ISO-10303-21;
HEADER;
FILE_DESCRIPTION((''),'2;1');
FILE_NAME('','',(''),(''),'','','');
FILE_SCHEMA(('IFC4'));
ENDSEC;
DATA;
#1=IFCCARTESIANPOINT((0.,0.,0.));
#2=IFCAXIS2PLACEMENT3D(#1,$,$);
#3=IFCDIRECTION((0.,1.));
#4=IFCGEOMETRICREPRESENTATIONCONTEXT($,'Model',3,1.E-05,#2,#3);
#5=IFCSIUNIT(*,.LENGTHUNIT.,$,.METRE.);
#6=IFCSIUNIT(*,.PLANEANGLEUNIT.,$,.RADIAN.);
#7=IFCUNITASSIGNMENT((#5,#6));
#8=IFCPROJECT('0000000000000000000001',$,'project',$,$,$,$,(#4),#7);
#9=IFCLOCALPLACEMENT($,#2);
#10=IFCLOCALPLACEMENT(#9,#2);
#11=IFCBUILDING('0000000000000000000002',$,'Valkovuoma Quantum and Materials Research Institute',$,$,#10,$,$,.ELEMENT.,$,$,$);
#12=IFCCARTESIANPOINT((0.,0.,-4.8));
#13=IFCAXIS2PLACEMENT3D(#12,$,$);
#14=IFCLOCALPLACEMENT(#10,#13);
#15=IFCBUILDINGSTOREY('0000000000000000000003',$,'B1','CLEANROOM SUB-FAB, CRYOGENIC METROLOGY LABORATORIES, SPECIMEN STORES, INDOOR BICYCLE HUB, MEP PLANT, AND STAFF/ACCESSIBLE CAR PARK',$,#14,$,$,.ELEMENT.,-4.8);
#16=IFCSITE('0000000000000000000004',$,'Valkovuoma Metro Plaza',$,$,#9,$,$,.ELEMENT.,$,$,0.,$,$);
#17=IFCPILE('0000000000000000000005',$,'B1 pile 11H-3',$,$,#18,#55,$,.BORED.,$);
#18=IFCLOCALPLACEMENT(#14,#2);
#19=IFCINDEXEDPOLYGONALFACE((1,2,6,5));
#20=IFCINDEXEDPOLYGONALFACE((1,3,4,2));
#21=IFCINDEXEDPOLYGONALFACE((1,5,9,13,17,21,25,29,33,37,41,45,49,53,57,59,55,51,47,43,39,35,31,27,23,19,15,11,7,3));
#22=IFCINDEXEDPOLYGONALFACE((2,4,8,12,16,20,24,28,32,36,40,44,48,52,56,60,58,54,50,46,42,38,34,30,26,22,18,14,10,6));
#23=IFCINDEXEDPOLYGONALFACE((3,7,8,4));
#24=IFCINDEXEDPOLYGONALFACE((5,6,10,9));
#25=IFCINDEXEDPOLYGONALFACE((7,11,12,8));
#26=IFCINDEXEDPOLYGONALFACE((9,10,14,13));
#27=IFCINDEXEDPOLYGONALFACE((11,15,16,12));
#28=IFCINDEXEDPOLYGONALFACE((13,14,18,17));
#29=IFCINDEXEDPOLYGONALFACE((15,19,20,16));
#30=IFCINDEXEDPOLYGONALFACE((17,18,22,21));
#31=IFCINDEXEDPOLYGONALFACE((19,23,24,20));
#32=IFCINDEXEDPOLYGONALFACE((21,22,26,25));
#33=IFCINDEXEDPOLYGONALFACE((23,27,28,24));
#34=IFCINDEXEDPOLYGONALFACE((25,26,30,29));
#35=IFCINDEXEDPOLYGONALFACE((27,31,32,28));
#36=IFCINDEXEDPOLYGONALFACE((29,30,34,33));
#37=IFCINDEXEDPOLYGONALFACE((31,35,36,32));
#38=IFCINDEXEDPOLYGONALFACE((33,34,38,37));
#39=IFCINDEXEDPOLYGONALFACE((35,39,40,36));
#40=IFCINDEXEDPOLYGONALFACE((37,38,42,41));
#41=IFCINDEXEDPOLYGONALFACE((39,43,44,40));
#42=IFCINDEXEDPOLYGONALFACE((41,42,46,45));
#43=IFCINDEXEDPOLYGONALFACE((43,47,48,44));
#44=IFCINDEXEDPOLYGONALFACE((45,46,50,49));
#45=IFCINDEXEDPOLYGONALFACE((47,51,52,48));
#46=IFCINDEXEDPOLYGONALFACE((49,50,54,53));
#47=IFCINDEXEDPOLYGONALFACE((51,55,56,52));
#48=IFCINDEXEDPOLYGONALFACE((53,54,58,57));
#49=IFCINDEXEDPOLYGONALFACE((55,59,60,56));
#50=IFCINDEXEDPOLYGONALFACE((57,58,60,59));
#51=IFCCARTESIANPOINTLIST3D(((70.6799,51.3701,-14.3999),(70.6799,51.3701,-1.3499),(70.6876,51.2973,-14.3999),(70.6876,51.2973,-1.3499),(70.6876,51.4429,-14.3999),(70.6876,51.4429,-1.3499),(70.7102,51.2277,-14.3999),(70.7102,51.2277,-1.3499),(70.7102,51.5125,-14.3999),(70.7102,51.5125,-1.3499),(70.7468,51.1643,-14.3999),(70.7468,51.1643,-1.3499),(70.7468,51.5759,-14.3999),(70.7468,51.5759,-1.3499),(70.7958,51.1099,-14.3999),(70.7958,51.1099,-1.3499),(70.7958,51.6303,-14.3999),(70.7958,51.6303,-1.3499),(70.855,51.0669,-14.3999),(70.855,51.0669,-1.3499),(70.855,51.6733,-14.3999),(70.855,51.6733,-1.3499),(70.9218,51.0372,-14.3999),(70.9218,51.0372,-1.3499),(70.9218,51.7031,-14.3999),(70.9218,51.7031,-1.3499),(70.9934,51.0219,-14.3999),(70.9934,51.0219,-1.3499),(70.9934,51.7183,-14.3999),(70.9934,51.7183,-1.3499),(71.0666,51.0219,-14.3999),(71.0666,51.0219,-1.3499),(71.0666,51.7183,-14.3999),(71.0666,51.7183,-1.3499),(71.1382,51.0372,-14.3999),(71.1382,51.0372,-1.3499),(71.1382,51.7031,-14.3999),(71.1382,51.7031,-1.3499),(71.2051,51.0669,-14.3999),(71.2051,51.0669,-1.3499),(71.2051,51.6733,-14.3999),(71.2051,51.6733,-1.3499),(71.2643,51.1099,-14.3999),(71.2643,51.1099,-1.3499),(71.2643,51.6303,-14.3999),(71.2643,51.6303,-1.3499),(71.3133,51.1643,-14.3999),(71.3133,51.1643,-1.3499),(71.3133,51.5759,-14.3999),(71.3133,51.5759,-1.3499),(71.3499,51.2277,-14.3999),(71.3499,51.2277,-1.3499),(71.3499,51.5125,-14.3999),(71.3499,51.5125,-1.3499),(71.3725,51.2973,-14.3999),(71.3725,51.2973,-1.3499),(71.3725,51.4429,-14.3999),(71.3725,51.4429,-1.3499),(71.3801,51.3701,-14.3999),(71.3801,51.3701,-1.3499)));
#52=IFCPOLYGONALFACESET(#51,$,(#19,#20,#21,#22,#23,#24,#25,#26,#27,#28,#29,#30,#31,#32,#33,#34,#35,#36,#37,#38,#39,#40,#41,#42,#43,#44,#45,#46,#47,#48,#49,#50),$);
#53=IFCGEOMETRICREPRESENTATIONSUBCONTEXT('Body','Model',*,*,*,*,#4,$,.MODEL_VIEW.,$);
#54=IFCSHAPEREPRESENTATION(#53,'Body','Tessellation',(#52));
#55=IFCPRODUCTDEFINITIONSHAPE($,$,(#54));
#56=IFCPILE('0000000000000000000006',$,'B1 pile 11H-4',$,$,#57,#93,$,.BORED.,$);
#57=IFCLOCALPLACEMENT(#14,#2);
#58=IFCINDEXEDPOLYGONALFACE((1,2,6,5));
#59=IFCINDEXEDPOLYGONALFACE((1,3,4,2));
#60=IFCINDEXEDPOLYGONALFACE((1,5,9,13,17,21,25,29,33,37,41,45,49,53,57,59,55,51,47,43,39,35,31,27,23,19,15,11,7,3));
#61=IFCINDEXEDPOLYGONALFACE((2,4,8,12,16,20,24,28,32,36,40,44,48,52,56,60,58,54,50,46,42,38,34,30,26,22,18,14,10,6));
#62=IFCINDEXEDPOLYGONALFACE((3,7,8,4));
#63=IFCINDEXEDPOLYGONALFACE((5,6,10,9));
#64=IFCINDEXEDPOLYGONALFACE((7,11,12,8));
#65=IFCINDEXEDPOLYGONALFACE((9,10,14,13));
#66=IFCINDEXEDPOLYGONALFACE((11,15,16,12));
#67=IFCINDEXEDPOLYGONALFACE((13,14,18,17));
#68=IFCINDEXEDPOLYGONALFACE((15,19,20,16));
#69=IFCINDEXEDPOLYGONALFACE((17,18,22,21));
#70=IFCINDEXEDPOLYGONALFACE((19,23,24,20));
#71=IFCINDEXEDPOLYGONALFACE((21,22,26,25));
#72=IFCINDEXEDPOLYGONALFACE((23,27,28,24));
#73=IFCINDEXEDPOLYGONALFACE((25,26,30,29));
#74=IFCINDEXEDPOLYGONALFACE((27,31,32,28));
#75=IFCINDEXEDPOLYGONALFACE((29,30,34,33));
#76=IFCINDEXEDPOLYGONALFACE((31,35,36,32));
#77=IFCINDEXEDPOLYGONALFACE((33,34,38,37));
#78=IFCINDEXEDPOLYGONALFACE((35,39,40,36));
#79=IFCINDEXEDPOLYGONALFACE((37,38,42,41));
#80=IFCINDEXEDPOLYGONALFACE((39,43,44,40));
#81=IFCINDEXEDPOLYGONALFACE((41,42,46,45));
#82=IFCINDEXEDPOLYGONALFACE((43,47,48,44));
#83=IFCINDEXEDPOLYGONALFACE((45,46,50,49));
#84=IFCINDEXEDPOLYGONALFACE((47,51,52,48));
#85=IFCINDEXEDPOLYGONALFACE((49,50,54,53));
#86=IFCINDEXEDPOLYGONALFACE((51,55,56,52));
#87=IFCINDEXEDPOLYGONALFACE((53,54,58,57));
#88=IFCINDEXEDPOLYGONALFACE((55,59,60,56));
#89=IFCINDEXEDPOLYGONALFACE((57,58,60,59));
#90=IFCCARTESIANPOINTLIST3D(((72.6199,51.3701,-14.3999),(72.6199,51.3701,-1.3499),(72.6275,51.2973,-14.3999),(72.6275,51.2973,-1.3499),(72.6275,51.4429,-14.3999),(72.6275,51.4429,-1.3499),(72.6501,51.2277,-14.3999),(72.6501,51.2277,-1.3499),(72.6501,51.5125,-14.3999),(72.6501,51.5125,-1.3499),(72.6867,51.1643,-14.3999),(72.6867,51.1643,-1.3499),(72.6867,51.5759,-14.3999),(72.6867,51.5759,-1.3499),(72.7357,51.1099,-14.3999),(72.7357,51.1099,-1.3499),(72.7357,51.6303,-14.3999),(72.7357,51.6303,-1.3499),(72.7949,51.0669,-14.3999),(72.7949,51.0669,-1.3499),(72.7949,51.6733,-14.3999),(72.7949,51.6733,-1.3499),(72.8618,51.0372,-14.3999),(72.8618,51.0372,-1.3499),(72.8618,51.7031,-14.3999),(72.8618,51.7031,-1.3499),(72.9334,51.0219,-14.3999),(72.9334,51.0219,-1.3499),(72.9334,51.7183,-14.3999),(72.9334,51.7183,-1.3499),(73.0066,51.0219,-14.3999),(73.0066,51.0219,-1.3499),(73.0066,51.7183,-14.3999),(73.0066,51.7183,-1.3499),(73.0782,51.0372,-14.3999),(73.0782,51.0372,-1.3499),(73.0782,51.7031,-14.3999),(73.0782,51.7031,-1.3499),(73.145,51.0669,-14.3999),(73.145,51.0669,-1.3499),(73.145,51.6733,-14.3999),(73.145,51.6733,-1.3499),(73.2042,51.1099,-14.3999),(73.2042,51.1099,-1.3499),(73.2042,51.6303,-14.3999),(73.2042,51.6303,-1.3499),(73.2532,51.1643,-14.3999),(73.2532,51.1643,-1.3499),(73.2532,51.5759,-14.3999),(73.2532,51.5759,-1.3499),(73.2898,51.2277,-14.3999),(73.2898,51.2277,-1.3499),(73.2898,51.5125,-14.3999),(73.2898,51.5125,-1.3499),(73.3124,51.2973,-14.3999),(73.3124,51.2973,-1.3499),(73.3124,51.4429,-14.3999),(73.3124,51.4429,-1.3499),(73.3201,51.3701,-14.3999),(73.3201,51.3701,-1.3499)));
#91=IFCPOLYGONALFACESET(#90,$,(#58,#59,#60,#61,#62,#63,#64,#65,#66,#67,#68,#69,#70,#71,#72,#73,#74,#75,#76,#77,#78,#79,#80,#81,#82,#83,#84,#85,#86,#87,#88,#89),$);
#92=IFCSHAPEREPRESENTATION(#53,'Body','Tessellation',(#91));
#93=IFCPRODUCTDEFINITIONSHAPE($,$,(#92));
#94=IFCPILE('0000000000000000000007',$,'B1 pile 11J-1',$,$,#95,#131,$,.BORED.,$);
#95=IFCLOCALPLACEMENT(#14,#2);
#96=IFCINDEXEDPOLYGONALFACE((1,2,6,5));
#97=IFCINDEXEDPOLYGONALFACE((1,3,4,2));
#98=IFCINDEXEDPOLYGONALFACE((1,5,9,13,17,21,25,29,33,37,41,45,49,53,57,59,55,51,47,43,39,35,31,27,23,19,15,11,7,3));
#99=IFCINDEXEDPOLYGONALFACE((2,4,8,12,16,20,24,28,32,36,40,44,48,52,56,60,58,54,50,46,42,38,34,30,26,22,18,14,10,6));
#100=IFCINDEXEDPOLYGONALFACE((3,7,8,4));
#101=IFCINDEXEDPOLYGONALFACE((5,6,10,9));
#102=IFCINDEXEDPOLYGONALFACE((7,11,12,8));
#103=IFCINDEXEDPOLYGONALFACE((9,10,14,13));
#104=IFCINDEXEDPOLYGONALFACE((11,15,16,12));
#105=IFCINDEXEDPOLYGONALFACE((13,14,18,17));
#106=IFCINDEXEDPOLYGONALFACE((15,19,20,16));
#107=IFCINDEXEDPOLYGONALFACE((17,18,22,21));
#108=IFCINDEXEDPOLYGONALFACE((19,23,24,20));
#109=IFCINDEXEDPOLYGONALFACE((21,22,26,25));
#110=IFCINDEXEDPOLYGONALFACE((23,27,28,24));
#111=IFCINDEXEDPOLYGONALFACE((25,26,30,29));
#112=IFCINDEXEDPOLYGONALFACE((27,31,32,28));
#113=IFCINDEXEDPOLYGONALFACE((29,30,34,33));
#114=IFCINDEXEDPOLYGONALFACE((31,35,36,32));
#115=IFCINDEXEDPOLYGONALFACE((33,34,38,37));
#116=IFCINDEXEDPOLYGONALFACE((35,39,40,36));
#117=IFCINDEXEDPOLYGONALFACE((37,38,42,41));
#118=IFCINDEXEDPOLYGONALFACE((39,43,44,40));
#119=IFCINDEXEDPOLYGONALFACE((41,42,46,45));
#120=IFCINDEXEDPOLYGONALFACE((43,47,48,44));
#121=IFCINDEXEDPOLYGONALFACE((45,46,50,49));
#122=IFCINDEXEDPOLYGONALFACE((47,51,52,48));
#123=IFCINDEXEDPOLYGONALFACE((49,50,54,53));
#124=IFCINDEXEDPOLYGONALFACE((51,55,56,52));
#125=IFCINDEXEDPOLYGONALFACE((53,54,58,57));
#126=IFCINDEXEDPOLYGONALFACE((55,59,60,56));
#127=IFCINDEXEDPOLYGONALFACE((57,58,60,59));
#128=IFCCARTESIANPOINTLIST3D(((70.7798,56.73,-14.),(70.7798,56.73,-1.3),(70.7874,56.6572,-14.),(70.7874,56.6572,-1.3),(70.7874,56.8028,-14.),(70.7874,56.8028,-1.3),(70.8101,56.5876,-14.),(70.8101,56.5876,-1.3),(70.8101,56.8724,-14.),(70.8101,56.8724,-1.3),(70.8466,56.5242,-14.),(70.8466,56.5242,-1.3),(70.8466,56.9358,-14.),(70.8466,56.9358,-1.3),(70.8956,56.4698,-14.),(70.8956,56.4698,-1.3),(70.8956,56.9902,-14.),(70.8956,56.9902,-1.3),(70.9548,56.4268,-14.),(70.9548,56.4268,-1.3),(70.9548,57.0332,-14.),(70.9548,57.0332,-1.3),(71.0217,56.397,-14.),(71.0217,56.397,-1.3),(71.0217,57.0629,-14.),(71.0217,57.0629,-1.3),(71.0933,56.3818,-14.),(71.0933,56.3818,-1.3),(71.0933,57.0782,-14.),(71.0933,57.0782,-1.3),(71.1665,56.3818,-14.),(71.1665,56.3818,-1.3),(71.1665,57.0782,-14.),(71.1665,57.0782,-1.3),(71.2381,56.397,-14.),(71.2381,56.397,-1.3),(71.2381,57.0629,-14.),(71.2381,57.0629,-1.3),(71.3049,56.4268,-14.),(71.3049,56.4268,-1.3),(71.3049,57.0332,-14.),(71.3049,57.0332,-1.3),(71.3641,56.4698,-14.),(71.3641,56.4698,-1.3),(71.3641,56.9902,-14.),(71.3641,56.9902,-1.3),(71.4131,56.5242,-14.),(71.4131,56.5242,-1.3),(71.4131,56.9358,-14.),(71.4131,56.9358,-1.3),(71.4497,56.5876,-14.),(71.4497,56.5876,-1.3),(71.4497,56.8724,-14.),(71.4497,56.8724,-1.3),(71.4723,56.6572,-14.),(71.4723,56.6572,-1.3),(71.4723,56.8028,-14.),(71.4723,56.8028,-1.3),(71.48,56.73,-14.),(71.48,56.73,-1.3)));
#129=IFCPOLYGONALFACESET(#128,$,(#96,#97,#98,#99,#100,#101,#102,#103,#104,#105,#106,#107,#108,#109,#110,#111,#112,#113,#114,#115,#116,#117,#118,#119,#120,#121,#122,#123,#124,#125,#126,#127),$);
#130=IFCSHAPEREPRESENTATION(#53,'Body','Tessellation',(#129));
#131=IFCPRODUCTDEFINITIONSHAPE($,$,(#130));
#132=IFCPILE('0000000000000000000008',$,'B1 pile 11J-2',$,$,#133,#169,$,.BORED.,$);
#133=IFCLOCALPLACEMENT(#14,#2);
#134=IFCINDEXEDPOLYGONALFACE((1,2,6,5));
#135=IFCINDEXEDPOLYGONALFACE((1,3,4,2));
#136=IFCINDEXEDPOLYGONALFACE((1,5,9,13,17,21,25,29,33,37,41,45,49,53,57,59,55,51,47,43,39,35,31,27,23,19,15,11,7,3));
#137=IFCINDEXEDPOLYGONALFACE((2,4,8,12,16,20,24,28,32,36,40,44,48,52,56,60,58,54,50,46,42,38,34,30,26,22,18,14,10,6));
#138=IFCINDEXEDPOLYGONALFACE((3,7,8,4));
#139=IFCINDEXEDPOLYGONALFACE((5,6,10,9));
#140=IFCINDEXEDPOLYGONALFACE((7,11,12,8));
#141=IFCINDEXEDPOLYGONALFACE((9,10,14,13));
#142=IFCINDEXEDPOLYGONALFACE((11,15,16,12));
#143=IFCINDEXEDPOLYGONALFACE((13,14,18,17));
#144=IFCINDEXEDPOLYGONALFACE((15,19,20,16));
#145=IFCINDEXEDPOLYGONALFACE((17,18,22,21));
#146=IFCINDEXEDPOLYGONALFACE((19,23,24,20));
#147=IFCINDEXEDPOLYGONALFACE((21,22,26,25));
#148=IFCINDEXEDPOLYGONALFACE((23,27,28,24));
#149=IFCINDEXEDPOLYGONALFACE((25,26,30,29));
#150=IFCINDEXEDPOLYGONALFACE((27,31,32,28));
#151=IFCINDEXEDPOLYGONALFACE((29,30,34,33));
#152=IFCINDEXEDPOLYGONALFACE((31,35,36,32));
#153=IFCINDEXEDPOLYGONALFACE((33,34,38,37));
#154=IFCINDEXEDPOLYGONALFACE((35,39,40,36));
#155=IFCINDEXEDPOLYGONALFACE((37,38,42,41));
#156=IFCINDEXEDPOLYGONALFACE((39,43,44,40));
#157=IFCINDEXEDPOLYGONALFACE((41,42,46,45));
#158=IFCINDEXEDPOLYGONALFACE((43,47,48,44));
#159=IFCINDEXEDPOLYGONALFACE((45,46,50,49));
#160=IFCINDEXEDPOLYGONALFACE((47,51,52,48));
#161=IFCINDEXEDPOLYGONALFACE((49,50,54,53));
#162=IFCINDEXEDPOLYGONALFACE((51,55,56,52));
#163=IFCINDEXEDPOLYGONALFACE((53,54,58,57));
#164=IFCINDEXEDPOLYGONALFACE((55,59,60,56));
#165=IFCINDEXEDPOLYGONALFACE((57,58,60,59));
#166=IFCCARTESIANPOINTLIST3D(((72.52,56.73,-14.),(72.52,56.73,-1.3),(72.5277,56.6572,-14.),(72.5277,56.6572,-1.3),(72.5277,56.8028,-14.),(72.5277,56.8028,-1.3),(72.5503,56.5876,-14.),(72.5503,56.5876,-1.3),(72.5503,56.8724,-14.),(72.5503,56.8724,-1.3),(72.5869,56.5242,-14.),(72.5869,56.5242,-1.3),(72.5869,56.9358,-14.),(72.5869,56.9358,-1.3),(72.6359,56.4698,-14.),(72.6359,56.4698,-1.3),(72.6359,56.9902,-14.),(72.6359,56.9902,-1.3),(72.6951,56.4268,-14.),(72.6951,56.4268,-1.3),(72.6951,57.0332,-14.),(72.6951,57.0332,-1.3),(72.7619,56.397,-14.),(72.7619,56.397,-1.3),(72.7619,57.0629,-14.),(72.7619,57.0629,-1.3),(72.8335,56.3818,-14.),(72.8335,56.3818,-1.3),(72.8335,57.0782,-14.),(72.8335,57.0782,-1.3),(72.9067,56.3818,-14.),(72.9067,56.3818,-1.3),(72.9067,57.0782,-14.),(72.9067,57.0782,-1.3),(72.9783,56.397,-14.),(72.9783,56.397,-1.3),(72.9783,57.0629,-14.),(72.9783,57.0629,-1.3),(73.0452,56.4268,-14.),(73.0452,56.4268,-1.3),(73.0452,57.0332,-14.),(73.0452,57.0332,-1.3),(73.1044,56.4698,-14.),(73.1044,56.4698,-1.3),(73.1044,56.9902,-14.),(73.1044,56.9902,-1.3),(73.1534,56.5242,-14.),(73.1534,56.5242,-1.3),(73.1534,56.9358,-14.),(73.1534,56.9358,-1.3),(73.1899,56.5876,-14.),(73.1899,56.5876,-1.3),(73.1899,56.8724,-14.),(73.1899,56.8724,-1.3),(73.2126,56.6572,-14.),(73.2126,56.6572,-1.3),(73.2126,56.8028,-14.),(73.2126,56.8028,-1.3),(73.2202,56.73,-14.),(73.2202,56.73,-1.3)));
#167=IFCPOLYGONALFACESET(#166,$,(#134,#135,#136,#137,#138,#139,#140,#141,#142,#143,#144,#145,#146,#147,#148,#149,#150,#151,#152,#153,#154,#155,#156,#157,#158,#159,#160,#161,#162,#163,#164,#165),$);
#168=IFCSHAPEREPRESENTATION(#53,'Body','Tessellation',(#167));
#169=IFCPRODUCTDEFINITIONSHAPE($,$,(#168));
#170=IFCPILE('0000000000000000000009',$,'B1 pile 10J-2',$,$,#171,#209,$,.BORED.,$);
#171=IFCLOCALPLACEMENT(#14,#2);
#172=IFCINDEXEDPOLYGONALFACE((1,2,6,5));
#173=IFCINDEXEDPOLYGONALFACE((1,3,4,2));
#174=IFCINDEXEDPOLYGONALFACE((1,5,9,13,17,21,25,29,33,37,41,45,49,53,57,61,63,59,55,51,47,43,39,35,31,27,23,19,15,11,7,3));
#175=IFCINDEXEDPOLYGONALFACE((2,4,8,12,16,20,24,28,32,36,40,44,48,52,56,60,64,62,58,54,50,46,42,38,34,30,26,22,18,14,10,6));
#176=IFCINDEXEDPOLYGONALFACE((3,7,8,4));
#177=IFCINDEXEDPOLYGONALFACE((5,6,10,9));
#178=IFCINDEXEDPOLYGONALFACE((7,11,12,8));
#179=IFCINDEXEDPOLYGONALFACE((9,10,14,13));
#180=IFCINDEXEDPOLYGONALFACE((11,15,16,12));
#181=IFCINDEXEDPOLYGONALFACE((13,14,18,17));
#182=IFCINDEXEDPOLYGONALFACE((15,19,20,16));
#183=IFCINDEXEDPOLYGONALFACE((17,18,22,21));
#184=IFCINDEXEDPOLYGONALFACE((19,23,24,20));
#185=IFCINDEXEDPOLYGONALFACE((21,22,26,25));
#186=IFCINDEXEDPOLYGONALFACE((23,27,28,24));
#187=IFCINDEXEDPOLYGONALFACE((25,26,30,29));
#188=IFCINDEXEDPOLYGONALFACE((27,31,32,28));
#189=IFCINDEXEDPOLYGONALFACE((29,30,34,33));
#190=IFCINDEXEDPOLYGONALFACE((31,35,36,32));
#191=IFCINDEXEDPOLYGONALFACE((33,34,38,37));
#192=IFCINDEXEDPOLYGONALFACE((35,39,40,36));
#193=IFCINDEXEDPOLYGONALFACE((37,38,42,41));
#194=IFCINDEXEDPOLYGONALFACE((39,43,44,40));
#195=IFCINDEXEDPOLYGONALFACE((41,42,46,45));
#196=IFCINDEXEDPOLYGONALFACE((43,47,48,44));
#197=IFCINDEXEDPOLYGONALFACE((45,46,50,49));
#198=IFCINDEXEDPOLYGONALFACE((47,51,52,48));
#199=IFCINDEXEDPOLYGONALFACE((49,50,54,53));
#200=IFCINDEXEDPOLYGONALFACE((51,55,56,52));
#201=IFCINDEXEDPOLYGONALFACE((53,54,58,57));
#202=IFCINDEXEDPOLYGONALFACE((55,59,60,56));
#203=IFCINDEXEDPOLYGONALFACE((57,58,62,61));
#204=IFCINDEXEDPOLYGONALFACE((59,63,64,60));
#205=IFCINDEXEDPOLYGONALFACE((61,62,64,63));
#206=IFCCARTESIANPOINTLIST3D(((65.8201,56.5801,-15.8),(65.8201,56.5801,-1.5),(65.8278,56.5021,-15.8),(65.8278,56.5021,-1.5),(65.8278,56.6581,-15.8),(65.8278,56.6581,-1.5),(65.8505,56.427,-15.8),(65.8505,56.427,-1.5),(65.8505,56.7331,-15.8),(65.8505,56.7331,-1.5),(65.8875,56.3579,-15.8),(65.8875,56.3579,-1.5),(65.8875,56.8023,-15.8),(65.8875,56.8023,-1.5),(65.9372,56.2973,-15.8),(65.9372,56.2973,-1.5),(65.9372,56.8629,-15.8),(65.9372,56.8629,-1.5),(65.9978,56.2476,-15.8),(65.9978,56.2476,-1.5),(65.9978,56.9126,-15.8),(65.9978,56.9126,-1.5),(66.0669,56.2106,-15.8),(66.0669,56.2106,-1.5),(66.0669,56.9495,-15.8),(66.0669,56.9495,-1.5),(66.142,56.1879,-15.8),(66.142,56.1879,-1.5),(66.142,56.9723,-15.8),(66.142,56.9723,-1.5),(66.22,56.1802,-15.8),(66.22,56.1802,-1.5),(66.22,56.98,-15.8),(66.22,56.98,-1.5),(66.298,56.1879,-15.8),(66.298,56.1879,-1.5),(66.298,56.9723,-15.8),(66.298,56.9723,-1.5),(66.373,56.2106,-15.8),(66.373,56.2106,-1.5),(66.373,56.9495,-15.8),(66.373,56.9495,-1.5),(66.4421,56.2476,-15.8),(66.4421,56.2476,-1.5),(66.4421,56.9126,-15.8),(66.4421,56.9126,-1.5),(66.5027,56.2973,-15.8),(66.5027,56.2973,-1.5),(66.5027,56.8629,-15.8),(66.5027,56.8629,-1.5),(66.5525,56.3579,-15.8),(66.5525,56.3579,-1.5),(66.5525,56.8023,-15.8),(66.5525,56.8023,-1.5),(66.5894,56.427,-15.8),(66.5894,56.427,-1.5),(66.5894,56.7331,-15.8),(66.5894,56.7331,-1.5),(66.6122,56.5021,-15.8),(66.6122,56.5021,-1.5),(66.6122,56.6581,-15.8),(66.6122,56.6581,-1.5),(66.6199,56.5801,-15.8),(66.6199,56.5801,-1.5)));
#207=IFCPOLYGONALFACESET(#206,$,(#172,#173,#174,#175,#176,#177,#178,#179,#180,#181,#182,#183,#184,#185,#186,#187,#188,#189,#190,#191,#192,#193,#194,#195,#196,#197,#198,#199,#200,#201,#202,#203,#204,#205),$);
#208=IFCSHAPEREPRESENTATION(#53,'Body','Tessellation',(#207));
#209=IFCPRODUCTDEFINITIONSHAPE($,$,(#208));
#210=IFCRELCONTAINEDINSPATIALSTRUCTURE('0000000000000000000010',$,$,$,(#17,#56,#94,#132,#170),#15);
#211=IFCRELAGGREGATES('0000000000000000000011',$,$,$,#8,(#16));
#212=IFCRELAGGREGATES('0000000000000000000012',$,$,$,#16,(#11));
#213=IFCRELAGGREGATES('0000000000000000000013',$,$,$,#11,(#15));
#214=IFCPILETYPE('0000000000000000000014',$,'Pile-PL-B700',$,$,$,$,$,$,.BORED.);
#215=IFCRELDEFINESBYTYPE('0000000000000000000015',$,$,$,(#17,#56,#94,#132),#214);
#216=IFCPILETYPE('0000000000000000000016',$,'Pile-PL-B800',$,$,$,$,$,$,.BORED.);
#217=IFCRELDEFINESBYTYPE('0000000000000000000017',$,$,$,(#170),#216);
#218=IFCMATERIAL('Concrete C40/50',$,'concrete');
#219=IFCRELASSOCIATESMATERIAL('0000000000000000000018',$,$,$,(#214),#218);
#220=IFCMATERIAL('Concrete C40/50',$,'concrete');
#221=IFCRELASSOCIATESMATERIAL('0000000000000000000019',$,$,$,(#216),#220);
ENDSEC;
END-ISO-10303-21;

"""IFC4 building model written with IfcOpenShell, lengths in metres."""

from ifc_helpers import new_model, si_unit, direction, frame, origin, origin_2d, place, context, subcontext, project, spatial, circle, extrude, material, material_profile, profile_set, type_object, element, save


model = new_model("IFC4")

# Units and contexts
model_context = context("Model", 3, precision=1e-05, world=origin(), true_north=direction((0.0, 1.0)))
body_context = subcontext(model_context, "Body", "Model", "MODEL_VIEW")
ifc_project = project(units=[si_unit("LENGTHUNIT", "METRE"), si_unit("PLANEANGLEUNIT", "RADIAN")], contexts=[model_context])

# Site, building, storey
site_placement = place(None, origin())
site = spatial("IfcSite", under=ifc_project, at=site_placement, Name="Valkovuoma Metro Plaza", CompositionType="ELEMENT", RefElevation=0.0)
building_placement = place(site_placement, origin())
building = spatial("IfcBuilding", under=site, at=building_placement, Name="Valkovuoma Quantum and Materials Research Institute", CompositionType="ELEMENT")
storey_placement = place(building_placement, frame((0.0, 0.0, -4.8)))
storey = spatial("IfcBuildingStorey", under=building, at=storey_placement, Name="B1", Description="CLEANROOM SUB-FAB, CRYOGENIC METROLOGY LABORATORIES, SPECIMEN STORES, INDOOR BICYCLE HUB, MEP PLANT, AND STAFF/ACCESSIBLE CAR PARK", CompositionType="ELEMENT", Elevation=-4.8)

# Piles
ifc_material_1 = material(Name="Concrete C40/50", Category="concrete")
ifc_material_profile_1 = material_profile(ifc_material_1, circle(Radius=0.3501, at=origin_2d()), Name="Concrete C40/50")
ifc_profile_set_1 = profile_set([ifc_material_profile_1], Name="Concrete C40/50")
pile_type_1 = type_object("IfcPileType", Name="Pile-PL-B700", PredefinedType="BORED", material=ifc_profile_set_1)
for number, where, z_axis, x_axis, name in (
    (1, (71.03, 51.3701, -1.3499), (0.0, 0.0, -1.0), (1.0, 0.0, 0.0), "B1 pile 11H-3"),
    (2, (72.97, 51.3701, -1.3499), (0.0, 0.0, -1.0), (1.0, 0.0, 0.0), "B1 pile 11H-4"),
):
    element("IfcPile", number, at=place(storey_placement, frame(where, z_axis=z_axis, x_axis=x_axis)), inside=storey, type_object=pile_type_1, Name=name, PredefinedType="BORED", context=body_context, shape_type="SweptSolid", body=[
        extrude(circle(Radius=0.3501, at=origin_2d()), origin(), (0.0, 0.0, 1.0), 13.05),
    ])
for number, where, z_axis, x_axis, name in (
    (3, (71.1299, 56.73, -1.3), (0.0, 0.0, -1.0), (1.0, 0.0, 0.0), "B1 pile 11J-1"),
    (4, (72.8701, 56.73, -1.3), (0.0, 0.0, -1.0), (1.0, 0.0, 0.0), "B1 pile 11J-2"),
):
    element("IfcPile", number, at=place(storey_placement, frame(where, z_axis=z_axis, x_axis=x_axis)), inside=storey, type_object=pile_type_1, Name=name, PredefinedType="BORED", context=body_context, shape_type="SweptSolid", body=[
        extrude(circle(Radius=0.3501, at=origin_2d()), origin(), (0.0, 0.0, 1.0), 12.7),
    ])
ifc_material_2 = material(Name="Concrete C40/50", Category="concrete")
ifc_material_profile_2 = material_profile(ifc_material_2, circle(Radius=0.3999, at=origin_2d()), Name="Concrete C40/50")
ifc_profile_set_2 = profile_set([ifc_material_profile_2], Name="Concrete C40/50")
pile_type_2 = type_object("IfcPileType", Name="Pile-PL-B800", PredefinedType="BORED", material=ifc_profile_set_2)
pile_1_placement = place(storey_placement, frame((66.22, 56.5801, -1.5), z_axis=(0.0, 0.0, -1.0), x_axis=(1.0, 0.0, 0.0)))
element("IfcPile", 5, at=pile_1_placement, inside=storey, type_object=pile_type_2, Name="B1 pile 10J-2", PredefinedType="BORED", context=body_context, shape_type="SweptSolid", body=[
    extrude(circle(Radius=0.3999, at=origin_2d()), origin(), (0.0, 0.0, 1.0), 14.3),
])

save(model, "model.ifc")
